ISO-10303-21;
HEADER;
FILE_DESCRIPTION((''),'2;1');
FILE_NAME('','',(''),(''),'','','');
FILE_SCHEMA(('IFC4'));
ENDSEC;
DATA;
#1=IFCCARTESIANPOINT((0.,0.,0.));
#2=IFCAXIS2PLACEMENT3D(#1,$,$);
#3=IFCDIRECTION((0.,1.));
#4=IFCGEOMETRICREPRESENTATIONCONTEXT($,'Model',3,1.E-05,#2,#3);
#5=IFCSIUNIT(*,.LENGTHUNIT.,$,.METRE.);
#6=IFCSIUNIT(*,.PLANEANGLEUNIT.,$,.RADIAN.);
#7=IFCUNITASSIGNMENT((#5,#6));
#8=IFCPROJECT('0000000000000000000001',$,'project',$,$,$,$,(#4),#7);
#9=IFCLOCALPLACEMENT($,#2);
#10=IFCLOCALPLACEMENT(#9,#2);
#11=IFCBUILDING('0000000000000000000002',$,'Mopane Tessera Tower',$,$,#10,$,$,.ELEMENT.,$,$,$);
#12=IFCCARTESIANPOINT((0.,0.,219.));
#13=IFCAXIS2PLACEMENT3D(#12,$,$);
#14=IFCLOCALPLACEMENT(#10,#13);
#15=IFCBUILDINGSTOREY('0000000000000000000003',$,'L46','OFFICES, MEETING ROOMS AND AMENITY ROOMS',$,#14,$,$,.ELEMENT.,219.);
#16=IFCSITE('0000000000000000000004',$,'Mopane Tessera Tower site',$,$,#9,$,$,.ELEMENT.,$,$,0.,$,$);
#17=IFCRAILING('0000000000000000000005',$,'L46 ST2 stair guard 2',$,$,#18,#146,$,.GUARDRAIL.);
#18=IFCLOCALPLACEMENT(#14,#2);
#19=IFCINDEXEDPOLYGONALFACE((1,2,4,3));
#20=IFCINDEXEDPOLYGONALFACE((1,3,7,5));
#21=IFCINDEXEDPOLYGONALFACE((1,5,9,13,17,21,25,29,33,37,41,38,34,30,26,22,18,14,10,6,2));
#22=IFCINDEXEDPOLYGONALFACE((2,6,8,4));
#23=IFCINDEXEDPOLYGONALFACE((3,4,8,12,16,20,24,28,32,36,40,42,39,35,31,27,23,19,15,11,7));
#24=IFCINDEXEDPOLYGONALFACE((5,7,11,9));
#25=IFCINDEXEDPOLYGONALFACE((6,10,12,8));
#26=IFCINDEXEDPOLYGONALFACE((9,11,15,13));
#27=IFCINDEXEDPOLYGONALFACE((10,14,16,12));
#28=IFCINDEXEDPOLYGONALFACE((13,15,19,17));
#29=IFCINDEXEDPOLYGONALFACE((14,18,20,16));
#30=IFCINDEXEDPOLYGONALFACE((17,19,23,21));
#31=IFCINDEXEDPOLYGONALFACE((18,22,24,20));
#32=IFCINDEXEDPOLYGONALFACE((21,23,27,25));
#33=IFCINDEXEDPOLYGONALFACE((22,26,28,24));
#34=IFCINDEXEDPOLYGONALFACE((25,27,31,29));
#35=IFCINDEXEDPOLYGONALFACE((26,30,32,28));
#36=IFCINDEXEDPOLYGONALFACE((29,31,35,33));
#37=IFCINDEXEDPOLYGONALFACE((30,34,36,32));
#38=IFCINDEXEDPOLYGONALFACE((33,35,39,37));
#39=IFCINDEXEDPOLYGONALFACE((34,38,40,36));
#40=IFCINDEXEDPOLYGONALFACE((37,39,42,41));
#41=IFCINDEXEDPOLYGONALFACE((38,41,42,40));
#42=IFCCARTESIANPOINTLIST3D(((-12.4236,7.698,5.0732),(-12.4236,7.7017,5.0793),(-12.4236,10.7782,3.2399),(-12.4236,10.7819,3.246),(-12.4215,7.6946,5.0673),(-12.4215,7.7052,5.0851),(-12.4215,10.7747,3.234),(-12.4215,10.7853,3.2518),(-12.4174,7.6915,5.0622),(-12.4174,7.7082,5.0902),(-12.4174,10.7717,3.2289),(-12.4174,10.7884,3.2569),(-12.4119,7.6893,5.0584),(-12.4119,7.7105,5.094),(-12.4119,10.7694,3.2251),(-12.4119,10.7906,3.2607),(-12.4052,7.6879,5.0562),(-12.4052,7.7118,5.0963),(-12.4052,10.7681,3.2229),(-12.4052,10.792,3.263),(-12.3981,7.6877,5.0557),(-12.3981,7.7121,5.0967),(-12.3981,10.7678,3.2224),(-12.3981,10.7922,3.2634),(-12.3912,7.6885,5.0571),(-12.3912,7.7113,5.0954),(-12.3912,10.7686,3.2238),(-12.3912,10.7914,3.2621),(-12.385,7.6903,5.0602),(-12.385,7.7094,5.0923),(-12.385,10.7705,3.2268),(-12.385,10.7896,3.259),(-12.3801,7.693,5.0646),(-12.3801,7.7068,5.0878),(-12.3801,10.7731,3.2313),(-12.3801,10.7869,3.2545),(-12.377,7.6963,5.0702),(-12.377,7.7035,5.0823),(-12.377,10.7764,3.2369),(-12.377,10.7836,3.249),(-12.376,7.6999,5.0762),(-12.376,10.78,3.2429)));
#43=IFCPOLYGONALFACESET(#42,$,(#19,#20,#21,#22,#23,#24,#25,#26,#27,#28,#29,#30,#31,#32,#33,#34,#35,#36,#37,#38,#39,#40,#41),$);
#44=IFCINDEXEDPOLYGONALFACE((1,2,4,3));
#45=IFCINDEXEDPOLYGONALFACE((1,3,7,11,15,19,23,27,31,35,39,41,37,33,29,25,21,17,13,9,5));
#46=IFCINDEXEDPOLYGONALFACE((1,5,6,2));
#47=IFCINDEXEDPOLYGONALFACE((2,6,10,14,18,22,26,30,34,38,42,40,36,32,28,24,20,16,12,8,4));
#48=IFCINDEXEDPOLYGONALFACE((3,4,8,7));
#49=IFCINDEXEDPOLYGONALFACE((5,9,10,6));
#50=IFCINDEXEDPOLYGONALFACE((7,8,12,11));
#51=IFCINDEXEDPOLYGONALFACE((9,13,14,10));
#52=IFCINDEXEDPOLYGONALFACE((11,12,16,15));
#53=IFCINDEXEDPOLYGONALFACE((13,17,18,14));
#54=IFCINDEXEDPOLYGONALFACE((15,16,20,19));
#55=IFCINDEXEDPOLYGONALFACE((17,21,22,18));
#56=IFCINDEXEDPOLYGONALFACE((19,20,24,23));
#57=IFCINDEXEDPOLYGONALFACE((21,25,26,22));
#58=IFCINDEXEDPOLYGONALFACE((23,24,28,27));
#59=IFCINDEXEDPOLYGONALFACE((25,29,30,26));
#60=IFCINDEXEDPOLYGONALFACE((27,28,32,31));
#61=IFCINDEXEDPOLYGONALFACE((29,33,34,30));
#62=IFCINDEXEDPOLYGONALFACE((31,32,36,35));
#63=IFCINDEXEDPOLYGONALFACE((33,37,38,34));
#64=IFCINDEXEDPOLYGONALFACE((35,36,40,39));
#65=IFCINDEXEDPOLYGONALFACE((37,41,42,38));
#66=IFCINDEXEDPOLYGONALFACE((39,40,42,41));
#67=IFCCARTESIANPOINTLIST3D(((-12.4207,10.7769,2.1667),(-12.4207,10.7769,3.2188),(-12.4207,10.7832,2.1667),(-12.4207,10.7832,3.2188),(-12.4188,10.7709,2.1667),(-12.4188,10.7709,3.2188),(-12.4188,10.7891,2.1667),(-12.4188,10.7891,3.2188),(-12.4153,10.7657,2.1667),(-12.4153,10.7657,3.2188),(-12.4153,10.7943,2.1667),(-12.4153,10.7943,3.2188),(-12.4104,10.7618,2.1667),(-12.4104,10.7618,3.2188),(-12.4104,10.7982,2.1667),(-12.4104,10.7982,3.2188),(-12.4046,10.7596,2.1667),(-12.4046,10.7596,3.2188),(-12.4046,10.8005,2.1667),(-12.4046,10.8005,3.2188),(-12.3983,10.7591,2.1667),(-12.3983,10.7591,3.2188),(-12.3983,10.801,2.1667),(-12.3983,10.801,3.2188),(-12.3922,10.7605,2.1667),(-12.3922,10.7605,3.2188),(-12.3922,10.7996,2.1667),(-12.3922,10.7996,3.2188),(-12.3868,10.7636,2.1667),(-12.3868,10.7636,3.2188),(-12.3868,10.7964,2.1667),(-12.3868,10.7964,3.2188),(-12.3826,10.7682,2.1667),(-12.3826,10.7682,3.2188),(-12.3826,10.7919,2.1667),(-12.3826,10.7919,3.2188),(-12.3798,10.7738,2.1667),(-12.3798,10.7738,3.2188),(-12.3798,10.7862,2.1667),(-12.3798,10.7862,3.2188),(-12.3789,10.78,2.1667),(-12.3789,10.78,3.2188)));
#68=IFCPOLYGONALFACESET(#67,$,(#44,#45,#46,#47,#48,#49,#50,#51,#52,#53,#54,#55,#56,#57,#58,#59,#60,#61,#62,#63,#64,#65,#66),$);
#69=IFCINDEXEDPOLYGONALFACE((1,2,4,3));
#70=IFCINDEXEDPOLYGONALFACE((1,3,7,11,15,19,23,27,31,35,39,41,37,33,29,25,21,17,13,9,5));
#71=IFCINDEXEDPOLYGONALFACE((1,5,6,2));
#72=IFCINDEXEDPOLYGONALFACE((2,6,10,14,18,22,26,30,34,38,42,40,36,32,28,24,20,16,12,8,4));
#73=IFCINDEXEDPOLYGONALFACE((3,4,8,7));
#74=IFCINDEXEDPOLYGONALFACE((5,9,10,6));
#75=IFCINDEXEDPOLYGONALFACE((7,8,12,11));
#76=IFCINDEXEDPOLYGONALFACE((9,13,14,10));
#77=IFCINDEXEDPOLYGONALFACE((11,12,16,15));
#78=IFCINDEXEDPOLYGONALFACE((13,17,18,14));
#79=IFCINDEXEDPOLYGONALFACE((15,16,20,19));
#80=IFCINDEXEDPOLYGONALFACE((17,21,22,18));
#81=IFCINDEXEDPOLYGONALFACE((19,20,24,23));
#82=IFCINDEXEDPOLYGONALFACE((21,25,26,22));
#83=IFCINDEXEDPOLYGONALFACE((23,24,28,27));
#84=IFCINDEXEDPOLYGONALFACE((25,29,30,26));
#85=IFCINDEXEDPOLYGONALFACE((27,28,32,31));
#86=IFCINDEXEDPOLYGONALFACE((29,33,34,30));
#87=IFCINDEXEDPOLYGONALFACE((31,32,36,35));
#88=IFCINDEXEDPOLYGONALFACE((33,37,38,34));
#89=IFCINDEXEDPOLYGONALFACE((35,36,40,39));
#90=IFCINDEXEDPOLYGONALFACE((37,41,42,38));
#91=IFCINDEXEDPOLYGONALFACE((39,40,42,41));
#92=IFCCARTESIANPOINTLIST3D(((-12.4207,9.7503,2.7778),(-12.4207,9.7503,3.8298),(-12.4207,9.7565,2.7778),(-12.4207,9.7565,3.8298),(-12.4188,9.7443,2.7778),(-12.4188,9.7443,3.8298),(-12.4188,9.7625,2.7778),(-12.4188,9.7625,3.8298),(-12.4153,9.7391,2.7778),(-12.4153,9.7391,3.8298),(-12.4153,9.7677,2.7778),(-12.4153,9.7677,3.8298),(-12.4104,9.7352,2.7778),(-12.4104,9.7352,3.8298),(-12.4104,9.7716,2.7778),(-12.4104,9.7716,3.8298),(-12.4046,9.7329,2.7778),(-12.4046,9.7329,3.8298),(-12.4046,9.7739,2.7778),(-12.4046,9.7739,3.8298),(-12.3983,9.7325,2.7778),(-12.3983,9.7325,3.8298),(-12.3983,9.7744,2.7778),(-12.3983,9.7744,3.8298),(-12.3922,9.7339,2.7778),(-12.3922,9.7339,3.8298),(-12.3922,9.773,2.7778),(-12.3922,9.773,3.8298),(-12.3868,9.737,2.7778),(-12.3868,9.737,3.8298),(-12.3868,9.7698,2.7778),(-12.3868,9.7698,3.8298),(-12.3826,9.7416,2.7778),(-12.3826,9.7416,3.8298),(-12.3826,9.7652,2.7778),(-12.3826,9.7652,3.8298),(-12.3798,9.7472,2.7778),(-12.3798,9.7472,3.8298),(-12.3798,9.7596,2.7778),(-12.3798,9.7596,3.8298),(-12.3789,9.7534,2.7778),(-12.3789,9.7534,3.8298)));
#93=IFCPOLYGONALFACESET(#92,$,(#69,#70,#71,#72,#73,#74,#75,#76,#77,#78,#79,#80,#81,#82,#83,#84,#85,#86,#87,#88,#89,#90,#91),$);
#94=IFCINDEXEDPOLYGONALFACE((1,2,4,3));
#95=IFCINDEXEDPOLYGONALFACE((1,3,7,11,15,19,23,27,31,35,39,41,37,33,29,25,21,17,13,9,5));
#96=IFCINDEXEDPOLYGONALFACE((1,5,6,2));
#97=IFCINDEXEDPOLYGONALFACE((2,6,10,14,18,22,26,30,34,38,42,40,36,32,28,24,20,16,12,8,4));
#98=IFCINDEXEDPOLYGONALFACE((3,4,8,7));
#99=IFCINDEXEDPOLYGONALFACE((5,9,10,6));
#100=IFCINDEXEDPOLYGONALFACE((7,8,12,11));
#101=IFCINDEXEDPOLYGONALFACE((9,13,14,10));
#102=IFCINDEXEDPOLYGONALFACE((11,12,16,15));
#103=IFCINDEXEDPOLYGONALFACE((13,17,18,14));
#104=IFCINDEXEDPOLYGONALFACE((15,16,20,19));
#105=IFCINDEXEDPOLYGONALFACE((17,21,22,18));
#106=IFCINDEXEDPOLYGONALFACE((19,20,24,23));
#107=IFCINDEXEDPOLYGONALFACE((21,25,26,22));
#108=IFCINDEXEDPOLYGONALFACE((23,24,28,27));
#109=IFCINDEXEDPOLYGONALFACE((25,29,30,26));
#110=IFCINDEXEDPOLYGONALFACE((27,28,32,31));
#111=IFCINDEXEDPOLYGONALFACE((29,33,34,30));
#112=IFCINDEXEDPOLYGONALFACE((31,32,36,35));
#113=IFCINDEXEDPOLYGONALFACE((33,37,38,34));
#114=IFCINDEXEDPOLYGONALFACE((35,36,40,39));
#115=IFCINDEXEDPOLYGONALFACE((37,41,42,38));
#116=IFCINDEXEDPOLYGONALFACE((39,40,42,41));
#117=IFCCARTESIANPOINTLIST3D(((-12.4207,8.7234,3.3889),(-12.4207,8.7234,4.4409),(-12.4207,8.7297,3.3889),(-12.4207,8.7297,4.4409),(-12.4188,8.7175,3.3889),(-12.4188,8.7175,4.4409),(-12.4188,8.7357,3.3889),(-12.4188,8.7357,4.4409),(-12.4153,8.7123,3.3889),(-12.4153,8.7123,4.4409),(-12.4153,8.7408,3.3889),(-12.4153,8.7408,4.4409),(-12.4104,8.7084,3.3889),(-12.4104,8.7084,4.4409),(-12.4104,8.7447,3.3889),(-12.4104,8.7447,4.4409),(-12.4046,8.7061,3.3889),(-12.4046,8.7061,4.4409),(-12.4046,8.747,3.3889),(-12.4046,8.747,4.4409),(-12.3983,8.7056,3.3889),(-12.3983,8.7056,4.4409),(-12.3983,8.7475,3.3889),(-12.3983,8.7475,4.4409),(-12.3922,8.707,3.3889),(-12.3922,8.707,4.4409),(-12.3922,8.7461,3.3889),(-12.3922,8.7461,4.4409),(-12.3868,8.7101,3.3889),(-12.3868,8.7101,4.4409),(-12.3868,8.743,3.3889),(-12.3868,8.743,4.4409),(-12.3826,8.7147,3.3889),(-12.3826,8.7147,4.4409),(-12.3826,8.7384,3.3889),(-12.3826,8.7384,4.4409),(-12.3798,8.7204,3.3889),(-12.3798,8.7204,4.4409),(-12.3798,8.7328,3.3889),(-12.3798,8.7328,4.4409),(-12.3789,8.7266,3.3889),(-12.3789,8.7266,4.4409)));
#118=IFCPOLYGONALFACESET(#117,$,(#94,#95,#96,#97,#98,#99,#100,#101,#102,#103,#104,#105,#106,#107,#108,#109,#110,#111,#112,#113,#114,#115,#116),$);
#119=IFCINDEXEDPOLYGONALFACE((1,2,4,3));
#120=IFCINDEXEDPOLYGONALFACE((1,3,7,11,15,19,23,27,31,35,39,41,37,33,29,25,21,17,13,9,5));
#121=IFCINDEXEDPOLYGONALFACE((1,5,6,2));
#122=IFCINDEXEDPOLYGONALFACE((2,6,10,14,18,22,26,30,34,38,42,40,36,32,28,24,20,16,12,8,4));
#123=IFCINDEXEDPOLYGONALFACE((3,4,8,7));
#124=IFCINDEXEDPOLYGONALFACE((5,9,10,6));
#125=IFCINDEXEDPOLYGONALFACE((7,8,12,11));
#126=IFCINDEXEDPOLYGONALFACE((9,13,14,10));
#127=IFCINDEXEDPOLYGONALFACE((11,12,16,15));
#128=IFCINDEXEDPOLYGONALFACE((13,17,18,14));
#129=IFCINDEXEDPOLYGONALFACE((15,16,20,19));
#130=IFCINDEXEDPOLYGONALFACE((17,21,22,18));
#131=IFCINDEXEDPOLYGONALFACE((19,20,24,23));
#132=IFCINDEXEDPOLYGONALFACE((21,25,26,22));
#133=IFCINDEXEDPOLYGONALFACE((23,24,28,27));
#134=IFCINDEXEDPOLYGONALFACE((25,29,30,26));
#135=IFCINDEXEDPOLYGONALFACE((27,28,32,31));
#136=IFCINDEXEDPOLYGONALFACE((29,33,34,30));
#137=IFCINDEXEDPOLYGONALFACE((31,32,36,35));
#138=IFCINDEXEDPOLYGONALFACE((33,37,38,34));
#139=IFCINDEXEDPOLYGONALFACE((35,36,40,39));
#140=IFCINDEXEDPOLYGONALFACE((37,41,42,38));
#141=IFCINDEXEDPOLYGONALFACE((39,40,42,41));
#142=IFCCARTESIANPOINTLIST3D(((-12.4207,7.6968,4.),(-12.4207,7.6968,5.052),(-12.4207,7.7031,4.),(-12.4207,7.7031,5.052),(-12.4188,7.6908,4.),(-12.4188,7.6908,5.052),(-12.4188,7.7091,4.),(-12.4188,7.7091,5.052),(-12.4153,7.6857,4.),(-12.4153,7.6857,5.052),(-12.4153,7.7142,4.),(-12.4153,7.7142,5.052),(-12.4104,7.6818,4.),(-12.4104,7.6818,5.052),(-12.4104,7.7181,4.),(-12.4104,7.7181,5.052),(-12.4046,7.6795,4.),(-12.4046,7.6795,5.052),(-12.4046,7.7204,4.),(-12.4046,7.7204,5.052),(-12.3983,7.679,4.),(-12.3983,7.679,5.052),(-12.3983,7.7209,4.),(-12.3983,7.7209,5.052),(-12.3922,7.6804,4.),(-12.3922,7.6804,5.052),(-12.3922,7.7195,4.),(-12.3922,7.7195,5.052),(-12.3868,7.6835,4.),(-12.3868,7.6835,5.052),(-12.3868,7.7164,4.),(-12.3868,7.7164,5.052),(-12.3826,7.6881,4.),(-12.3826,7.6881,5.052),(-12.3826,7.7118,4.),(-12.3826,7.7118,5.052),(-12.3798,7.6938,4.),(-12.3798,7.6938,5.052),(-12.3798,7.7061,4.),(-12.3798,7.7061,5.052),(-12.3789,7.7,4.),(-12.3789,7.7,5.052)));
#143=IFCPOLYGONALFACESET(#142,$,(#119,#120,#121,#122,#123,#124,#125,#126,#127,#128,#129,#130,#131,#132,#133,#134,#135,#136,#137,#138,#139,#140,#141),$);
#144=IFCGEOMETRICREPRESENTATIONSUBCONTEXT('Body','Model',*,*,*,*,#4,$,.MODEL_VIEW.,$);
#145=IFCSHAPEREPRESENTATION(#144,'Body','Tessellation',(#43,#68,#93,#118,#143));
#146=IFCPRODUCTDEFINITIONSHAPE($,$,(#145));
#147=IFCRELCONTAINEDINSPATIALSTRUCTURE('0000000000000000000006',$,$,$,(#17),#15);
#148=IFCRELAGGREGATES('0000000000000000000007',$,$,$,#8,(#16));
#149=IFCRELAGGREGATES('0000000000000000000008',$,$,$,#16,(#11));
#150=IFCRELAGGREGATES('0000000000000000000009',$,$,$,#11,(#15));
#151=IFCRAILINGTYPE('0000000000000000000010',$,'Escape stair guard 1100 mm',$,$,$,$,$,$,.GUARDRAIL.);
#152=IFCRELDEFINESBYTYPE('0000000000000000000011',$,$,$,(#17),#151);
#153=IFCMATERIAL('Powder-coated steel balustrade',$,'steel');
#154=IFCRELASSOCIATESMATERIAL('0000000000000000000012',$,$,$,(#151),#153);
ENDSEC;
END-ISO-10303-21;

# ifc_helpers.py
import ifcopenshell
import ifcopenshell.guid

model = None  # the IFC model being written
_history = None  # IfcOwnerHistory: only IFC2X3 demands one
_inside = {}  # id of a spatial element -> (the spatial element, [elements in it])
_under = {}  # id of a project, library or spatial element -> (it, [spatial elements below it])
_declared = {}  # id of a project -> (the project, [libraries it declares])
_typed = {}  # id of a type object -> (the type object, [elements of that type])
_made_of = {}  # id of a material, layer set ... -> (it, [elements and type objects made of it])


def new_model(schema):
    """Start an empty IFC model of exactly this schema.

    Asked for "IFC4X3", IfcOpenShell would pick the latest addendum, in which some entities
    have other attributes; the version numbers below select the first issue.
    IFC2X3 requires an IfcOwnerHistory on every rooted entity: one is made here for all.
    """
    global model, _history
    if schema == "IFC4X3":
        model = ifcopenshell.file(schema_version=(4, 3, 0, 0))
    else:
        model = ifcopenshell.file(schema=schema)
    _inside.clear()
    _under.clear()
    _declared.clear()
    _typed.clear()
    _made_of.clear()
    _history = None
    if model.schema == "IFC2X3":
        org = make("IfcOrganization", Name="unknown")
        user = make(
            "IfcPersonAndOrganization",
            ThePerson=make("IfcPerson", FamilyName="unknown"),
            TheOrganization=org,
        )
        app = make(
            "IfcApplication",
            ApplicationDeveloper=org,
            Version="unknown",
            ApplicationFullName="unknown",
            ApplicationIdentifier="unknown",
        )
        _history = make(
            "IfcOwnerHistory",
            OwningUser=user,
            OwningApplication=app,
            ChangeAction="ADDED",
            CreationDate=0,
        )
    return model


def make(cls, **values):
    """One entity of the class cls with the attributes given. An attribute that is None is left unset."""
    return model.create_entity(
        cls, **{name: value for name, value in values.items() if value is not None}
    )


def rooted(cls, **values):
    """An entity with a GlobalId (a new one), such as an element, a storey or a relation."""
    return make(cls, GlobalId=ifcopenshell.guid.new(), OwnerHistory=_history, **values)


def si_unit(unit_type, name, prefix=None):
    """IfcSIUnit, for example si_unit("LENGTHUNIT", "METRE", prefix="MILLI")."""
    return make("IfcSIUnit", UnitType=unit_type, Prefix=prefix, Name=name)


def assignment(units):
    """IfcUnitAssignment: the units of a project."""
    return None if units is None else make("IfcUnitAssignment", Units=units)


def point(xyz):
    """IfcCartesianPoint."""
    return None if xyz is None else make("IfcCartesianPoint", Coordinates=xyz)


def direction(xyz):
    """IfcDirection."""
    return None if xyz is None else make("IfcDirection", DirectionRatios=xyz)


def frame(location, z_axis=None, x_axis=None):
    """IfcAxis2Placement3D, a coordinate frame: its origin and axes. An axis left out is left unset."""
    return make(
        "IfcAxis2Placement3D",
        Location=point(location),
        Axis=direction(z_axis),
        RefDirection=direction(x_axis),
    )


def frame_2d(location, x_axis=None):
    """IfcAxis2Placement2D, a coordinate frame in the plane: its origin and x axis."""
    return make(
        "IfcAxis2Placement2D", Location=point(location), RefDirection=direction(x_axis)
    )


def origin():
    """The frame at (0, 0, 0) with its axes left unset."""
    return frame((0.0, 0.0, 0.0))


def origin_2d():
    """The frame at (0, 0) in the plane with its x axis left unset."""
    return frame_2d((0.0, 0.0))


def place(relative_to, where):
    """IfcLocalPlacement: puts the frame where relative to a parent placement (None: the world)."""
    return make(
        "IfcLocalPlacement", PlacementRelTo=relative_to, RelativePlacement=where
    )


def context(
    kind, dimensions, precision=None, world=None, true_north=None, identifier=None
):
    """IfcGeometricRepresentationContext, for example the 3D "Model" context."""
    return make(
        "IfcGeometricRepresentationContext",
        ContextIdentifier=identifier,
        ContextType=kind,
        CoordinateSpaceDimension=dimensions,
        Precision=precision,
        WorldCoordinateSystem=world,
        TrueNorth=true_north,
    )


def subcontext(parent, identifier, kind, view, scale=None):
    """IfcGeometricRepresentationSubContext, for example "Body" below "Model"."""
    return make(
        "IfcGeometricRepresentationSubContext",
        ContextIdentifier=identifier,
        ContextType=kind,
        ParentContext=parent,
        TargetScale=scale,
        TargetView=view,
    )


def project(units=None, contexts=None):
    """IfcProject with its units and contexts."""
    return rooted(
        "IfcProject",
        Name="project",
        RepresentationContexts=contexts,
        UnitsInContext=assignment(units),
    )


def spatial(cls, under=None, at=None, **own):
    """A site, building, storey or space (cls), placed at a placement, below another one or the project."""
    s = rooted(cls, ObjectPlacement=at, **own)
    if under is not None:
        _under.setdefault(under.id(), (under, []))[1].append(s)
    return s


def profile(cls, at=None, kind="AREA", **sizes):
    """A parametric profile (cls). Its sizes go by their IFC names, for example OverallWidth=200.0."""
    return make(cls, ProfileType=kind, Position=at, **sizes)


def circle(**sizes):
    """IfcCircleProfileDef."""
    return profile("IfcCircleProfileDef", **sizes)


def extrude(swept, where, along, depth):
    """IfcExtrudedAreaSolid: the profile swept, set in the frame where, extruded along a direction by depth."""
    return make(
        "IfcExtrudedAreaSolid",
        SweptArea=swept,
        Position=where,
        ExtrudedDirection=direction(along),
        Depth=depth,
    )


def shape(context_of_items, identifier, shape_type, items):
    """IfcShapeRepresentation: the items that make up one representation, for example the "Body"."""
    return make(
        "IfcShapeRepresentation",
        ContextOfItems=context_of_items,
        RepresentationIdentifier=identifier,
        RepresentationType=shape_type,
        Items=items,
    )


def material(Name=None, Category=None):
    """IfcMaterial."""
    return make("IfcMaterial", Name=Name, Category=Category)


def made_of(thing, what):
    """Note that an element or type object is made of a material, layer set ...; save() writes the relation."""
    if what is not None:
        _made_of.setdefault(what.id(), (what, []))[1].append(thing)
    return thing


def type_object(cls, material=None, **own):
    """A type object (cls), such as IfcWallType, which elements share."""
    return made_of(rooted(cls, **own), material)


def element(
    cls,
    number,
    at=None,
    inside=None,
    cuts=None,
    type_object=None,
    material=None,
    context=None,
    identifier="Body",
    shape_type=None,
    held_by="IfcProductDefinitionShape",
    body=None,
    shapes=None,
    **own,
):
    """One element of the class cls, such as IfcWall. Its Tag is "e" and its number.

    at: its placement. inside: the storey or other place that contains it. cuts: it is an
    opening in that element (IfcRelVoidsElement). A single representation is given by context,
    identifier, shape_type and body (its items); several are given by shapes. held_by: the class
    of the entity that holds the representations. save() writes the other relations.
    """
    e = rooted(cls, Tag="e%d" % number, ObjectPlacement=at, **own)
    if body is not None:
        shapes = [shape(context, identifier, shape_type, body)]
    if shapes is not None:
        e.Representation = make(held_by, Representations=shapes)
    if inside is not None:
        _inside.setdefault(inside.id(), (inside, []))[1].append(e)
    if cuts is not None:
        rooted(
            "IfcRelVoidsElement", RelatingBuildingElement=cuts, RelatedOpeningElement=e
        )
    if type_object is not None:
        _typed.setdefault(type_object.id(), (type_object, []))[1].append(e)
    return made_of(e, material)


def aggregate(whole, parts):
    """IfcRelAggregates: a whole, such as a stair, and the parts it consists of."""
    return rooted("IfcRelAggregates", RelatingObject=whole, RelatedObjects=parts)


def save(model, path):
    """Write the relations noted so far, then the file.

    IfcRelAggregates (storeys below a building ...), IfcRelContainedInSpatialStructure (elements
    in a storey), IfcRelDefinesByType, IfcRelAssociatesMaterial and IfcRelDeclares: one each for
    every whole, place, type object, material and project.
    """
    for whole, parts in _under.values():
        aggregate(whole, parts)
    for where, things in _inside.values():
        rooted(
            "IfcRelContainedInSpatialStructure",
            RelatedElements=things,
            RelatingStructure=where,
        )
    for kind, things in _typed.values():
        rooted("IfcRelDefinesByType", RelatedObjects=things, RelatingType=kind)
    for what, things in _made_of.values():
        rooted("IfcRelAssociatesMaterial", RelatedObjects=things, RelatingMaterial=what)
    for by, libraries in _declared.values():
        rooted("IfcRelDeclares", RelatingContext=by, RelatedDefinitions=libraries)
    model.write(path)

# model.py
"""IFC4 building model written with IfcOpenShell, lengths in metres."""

from ifc_helpers import new_model, si_unit, direction, frame, origin, origin_2d, place, context, subcontext, project, spatial, circle, extrude, material, type_object, element, save


model = new_model("IFC4")

# Units and contexts
model_context = context("Model", 3, precision=1e-05, world=origin(), true_north=direction((0.0, 1.0)))
body_context = subcontext(model_context, "Body", "Model", "MODEL_VIEW")
ifc_project = project(units=[si_unit("LENGTHUNIT", "METRE"), si_unit("PLANEANGLEUNIT", "RADIAN")], contexts=[model_context])

# Site, building, storey
site_placement = place(None, origin())
site = spatial("IfcSite", under=ifc_project, at=site_placement, Name="Mopane Tessera Tower site", CompositionType="ELEMENT", RefElevation=0.0)
building_placement = place(site_placement, origin())
building = spatial("IfcBuilding", under=site, at=building_placement, Name="Mopane Tessera Tower", CompositionType="ELEMENT")
storey_placement = place(building_placement, frame((0.0, 0.0, 219.0)))
storey = spatial("IfcBuildingStorey", under=building, at=storey_placement, Name="L46", Description="OFFICES, MEETING ROOMS AND AMENITY ROOMS", CompositionType="ELEMENT", Elevation=219.0)

# Railing
ifc_material_1 = material(Name="Powder-coated steel balustrade", Category="steel")
railing_type_1 = type_object("IfcRailingType", Name="Escape stair guard 1100 mm", PredefinedType="GUARDRAIL", material=ifc_material_1)
railing_1_placement = place(storey_placement, frame((-12.3999, 10.78, 2.1667)))
element("IfcRailing", 1, at=railing_1_placement, inside=storey, type_object=railing_type_1, Name="L46 ST2 stair guard 2", PredefinedType="GUARDRAIL", context=body_context, shape_type="SweptSolid", body=[
    extrude(circle(Radius=0.0239, at=origin_2d()), frame((0.0, 0.0, 1.0762), z_axis=(0.0, -0.859309, 0.511458), x_axis=(1.0, 0.0, 0.0)), (0.0, 0.0, 1.0), 3.5845),
    extrude(circle(Radius=0.021, at=origin_2d()), origin(), (0.0, 0.0, 1.0), 1.052),
    extrude(circle(Radius=0.021, at=origin_2d()), frame((0.0, -1.0266, 0.6111)), (0.0, 0.0, 1.0), 1.052),
    extrude(circle(Radius=0.021, at=origin_2d()), frame((0.0, -2.0535, 1.2222)), (0.0, 0.0, 1.0), 1.052),
    extrude(circle(Radius=0.021, at=origin_2d()), frame((0.0, -3.0801, 1.8333)), (0.0, 0.0, 1.0), 1.052),
])

save(model, "model.ifc")
